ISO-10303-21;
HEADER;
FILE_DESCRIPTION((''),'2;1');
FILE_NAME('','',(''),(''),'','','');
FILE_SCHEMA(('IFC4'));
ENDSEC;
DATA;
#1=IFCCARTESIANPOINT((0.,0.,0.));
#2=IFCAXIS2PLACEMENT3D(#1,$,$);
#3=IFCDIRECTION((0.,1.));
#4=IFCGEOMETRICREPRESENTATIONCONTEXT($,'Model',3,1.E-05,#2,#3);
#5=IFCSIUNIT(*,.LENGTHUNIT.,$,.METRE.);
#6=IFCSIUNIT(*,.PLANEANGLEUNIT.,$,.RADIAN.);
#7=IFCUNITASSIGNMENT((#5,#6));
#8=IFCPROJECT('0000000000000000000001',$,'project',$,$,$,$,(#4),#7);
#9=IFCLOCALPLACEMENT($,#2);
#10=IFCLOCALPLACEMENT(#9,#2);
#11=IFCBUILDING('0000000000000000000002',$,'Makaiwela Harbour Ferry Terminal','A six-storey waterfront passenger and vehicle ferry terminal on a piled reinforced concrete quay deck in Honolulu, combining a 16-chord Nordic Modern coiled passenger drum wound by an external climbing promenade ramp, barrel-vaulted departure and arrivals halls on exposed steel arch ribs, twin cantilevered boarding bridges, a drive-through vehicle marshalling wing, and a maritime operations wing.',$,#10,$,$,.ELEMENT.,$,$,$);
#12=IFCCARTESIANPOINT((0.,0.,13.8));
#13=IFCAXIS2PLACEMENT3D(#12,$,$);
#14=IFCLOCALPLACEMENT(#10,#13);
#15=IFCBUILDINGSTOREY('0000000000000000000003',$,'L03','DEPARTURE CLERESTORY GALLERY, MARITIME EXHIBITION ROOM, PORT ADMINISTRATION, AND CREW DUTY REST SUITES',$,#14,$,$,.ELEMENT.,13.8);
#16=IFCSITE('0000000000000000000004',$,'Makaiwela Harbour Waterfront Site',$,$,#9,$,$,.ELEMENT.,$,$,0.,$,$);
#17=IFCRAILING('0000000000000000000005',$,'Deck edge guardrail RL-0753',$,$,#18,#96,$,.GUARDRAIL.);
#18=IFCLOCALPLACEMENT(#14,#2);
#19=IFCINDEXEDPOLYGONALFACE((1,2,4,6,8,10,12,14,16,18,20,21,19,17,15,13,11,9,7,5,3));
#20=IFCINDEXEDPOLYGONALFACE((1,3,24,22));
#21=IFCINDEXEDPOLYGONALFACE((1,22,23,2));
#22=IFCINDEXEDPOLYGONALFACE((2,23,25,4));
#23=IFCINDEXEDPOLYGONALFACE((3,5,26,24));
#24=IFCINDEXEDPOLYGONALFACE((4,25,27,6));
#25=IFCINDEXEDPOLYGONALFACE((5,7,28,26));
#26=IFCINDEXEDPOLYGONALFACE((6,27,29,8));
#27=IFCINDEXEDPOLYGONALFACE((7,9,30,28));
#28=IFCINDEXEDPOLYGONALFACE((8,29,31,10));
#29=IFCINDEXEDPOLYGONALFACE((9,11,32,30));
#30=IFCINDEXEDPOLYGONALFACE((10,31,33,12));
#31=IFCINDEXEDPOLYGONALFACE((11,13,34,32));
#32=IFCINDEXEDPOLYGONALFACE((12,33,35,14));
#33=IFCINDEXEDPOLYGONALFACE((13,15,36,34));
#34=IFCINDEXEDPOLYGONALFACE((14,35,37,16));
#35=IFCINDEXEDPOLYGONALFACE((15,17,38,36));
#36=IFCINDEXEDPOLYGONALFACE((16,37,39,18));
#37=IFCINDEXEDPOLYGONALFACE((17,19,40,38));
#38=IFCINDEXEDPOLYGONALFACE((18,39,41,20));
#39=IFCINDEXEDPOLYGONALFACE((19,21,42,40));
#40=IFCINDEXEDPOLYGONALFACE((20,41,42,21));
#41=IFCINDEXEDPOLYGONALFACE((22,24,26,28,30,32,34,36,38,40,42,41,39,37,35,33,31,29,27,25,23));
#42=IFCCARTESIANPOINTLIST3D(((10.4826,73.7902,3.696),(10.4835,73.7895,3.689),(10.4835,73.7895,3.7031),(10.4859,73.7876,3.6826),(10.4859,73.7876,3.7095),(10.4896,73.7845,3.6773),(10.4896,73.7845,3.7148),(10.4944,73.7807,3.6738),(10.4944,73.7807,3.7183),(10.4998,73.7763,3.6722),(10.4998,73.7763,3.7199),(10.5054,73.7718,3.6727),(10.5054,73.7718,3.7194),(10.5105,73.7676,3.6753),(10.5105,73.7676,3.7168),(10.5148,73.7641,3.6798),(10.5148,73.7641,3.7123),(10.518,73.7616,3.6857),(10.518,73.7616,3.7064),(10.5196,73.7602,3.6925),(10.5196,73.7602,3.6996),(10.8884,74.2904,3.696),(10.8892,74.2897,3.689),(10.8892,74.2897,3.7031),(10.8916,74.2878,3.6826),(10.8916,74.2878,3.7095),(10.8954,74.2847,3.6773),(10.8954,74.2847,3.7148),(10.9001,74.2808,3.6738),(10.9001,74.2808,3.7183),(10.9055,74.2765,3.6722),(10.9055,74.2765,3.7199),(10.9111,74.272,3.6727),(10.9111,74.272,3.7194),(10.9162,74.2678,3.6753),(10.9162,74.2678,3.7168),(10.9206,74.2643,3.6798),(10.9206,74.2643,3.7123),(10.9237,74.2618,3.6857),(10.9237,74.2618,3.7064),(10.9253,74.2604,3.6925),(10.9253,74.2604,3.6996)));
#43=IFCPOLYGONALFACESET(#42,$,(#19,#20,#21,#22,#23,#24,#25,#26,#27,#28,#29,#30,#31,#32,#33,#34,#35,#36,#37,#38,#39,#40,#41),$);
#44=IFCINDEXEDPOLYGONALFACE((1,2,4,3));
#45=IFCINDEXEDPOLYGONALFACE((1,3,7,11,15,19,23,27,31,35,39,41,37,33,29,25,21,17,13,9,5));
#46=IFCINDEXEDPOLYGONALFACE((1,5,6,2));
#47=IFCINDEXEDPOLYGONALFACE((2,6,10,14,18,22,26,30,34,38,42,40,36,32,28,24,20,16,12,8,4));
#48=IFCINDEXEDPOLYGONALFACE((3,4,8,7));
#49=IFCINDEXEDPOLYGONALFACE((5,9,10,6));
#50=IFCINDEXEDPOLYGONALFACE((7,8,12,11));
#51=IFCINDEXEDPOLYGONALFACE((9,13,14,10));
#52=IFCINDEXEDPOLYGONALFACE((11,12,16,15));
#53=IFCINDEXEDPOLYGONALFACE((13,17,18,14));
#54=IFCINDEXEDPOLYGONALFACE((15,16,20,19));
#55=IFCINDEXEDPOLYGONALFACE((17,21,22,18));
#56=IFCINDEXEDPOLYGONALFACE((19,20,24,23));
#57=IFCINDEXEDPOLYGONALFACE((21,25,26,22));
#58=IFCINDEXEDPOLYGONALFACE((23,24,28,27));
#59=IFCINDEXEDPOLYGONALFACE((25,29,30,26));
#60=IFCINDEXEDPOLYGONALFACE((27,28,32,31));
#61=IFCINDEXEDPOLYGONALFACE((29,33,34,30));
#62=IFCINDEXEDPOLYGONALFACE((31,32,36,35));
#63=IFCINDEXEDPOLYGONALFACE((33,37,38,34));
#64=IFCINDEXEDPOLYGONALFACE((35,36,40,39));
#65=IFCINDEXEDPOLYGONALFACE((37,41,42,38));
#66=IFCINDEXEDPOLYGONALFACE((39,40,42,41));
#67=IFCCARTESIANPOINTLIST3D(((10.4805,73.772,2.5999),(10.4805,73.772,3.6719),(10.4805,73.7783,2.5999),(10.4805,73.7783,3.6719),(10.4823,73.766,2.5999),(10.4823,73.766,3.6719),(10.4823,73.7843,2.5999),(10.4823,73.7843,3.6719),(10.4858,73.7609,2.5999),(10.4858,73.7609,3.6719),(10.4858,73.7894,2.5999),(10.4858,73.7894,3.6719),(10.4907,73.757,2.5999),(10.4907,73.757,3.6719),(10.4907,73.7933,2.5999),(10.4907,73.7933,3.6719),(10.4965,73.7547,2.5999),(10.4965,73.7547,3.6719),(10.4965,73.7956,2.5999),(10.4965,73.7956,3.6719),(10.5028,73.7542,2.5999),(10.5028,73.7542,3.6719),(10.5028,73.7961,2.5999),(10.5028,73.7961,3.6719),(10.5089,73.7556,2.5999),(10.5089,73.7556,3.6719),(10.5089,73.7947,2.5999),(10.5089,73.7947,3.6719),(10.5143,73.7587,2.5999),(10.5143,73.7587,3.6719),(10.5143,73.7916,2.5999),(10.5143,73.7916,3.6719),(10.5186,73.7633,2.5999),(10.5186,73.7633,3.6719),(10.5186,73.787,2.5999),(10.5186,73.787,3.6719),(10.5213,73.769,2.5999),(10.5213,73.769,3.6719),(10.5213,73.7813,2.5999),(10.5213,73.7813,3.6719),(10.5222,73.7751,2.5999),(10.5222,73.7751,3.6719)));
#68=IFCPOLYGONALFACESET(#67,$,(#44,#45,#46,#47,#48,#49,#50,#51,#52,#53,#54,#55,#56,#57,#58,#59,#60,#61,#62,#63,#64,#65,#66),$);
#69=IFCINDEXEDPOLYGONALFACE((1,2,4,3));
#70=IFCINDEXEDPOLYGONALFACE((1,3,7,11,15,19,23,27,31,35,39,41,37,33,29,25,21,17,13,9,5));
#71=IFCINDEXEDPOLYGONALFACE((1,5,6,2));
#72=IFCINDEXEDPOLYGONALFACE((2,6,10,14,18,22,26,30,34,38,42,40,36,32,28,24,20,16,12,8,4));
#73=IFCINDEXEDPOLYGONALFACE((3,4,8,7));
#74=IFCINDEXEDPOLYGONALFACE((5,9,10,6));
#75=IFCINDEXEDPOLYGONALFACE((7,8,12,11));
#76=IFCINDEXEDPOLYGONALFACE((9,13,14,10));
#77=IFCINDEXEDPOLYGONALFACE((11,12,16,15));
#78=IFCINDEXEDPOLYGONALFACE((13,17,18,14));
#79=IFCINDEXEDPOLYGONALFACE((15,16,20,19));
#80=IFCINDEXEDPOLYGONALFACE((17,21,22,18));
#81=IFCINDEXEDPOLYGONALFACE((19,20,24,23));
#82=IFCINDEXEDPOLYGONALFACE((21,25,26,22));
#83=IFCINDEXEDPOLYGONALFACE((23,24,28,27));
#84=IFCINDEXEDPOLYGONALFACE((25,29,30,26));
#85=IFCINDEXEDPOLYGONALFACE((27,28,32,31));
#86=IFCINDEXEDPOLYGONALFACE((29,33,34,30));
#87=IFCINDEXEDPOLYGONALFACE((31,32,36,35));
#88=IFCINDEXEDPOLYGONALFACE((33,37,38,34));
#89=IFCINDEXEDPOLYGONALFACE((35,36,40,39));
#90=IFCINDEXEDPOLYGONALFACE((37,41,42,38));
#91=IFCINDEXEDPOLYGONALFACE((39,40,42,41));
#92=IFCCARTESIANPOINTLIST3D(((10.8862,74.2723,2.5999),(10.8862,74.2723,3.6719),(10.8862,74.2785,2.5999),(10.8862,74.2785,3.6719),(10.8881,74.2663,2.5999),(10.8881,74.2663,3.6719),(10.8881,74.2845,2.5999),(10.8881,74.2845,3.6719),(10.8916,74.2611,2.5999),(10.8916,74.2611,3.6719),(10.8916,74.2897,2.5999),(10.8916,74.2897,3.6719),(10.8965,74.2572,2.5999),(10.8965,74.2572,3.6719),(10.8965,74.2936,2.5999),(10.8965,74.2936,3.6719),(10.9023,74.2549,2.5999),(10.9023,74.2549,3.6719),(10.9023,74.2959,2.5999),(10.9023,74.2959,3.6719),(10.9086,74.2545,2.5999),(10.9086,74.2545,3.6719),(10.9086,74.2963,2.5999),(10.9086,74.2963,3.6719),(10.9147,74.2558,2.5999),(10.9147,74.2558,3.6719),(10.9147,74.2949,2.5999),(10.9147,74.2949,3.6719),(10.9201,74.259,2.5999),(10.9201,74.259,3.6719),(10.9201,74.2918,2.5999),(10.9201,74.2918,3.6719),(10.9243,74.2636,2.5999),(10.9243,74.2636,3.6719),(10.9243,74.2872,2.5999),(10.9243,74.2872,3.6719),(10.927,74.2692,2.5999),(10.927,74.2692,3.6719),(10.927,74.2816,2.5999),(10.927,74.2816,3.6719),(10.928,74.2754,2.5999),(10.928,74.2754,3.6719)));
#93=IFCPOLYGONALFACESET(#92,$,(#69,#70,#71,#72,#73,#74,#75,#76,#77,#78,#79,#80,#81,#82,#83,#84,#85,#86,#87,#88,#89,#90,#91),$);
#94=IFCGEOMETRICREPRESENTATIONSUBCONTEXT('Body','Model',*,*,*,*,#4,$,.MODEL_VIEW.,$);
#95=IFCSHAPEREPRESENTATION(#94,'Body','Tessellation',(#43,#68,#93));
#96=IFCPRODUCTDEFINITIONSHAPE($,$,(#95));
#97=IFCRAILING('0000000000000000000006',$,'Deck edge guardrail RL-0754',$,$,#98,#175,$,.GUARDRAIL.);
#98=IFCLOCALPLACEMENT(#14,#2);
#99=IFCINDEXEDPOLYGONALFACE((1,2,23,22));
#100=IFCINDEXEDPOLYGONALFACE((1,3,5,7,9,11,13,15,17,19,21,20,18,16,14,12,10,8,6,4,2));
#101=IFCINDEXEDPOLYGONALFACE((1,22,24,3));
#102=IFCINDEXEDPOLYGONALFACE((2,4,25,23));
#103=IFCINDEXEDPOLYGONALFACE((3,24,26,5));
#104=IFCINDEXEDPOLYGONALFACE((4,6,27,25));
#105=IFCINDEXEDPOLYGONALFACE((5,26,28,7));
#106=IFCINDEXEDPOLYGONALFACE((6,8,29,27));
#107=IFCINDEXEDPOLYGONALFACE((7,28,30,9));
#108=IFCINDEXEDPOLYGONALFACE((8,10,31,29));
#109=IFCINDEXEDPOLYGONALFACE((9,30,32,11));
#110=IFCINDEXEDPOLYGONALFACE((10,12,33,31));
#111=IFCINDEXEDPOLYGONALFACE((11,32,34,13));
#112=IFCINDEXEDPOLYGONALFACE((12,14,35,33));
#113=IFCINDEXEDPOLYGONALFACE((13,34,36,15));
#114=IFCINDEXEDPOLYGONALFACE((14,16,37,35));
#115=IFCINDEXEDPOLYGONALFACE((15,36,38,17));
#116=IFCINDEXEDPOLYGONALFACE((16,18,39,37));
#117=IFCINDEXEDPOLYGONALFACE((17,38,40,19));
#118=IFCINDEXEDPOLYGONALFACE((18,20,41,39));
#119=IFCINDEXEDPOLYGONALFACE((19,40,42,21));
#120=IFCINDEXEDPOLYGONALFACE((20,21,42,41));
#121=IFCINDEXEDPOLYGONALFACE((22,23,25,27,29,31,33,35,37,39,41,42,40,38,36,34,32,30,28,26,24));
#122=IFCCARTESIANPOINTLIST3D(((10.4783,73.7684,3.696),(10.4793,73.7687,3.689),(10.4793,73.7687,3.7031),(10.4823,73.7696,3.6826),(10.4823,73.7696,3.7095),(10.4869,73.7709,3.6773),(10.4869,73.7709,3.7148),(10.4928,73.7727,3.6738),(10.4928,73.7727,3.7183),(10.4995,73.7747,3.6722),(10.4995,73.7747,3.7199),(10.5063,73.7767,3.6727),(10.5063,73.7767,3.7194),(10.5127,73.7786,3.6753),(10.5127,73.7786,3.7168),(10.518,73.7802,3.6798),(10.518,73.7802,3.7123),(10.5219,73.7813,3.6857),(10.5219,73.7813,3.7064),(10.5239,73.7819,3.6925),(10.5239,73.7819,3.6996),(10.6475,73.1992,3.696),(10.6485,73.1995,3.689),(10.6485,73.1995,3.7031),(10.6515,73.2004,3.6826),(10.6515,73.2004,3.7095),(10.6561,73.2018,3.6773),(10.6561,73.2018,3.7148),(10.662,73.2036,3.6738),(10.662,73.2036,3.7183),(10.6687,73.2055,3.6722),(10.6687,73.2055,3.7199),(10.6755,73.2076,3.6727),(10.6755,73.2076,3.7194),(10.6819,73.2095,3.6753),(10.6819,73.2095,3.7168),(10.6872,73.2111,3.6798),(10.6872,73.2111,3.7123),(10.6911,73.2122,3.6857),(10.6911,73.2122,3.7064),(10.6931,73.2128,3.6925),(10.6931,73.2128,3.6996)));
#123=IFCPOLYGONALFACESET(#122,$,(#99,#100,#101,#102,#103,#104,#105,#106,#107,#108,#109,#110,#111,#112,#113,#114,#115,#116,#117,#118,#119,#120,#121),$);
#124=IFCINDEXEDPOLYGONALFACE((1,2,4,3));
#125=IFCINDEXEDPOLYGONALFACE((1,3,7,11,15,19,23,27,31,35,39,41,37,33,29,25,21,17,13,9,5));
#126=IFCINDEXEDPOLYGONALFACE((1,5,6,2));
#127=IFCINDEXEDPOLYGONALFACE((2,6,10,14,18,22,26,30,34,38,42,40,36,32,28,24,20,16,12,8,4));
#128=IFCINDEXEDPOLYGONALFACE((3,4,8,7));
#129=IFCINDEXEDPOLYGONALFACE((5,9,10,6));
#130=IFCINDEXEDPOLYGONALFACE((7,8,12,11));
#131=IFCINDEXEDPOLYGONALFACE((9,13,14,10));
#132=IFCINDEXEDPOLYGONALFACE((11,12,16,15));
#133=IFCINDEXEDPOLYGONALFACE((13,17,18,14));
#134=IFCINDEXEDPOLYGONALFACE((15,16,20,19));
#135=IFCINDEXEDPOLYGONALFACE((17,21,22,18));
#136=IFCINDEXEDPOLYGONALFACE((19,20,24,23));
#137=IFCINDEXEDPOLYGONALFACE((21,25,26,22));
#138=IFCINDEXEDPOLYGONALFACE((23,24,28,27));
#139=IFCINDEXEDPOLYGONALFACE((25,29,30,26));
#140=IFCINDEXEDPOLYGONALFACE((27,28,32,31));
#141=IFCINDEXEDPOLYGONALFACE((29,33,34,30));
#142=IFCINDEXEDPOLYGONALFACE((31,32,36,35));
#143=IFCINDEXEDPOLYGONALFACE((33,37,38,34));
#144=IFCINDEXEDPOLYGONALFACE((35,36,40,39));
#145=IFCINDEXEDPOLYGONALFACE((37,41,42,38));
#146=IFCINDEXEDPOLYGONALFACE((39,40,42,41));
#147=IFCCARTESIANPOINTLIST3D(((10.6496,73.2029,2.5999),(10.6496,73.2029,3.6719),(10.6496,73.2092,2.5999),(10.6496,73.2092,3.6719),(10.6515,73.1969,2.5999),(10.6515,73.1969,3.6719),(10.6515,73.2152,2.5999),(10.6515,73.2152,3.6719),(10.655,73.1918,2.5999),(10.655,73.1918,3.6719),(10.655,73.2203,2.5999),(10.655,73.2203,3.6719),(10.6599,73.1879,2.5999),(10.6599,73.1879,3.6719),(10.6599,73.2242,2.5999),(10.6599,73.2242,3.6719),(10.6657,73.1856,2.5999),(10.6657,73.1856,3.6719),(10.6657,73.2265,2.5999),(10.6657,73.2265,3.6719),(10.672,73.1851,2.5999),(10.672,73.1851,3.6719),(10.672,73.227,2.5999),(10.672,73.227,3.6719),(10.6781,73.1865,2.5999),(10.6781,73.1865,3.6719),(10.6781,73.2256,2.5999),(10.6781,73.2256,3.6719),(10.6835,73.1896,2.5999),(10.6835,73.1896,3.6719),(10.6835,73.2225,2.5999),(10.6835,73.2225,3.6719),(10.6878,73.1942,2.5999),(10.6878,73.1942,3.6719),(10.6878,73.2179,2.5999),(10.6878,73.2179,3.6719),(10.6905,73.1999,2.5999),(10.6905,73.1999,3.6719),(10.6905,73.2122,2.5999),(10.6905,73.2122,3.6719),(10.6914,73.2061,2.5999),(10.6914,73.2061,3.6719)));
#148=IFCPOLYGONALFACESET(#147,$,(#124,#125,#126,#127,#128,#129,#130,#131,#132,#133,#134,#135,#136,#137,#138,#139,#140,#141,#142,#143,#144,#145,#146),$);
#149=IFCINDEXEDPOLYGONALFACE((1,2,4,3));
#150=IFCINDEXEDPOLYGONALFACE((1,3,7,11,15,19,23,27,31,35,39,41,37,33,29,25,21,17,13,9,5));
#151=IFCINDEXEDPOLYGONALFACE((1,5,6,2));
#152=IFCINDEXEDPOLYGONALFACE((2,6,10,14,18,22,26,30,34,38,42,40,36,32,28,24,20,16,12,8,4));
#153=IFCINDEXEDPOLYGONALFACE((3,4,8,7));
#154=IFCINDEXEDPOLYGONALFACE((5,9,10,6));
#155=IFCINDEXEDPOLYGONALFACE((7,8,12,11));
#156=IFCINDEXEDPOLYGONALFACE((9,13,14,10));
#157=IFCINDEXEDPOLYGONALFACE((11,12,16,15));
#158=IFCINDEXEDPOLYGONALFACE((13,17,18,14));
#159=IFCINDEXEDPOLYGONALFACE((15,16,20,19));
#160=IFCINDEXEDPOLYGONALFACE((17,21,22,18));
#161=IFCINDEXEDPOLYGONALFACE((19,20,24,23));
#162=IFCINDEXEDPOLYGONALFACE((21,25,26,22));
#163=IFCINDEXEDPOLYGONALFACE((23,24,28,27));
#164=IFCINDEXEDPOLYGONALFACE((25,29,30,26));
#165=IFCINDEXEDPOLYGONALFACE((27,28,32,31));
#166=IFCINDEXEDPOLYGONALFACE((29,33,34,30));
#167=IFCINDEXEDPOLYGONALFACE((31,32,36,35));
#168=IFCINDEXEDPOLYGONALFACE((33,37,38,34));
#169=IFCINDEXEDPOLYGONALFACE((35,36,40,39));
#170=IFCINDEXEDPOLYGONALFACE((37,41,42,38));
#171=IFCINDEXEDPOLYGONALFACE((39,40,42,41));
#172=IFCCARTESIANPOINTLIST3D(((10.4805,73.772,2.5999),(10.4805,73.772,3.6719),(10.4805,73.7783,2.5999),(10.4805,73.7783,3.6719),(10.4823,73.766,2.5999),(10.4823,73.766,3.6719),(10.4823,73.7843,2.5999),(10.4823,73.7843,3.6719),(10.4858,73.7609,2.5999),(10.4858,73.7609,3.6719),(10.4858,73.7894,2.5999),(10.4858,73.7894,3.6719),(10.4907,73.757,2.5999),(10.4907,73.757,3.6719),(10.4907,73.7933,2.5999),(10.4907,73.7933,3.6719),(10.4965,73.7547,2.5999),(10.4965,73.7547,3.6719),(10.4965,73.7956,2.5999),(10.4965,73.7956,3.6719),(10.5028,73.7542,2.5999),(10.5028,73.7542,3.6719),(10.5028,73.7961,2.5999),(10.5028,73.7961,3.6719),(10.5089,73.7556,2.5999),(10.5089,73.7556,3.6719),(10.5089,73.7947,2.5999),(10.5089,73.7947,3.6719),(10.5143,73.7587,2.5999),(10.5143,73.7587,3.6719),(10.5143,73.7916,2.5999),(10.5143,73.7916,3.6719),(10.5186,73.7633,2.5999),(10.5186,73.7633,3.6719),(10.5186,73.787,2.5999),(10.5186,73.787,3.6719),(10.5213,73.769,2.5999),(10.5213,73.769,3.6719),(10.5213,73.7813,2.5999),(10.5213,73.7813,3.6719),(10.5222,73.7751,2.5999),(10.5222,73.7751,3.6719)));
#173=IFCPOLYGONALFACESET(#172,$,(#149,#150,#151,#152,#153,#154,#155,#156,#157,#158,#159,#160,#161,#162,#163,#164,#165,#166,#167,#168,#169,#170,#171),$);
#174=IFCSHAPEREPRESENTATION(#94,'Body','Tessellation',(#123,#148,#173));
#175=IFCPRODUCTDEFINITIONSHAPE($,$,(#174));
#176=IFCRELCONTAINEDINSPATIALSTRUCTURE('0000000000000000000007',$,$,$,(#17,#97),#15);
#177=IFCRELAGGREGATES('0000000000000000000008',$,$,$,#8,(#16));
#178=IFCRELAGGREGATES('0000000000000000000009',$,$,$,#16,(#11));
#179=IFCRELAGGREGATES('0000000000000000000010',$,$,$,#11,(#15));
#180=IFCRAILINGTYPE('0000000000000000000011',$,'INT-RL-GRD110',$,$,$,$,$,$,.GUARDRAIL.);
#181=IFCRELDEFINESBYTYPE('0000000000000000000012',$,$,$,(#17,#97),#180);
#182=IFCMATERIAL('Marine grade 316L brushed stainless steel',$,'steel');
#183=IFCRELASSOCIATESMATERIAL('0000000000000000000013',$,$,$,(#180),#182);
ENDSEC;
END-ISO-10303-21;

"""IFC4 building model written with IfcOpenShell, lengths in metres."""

from ifc_helpers import new_model, si_unit, direction, frame, origin, origin_2d, place, context, subcontext, project, spatial, circle, extrude, material, type_object, element, save


model = new_model("IFC4")

# Units and contexts
model_context = context("Model", 3, precision=1e-05, world=origin(), true_north=direction((0.0, 1.0)))
body_context = subcontext(model_context, "Body", "Model", "MODEL_VIEW")
ifc_project = project(units=[si_unit("LENGTHUNIT", "METRE"), si_unit("PLANEANGLEUNIT", "RADIAN")], contexts=[model_context])

# Site, building, storey
site_placement = place(None, origin())
site = spatial("IfcSite", under=ifc_project, at=site_placement, Name="Makaiwela Harbour Waterfront Site", CompositionType="ELEMENT", RefElevation=0.0)
building_placement = place(site_placement, origin())
building = spatial("IfcBuilding", under=site, at=building_placement, Name="Makaiwela Harbour Ferry Terminal", Description="A six-storey waterfront passenger and vehicle ferry terminal on a piled reinforced concrete quay deck in Honolulu, combining a 16-chord Nordic Modern coiled passenger drum wound by an external climbing promenade ramp, barrel-vaulted departure and arrivals halls on exposed steel arch ribs, twin cantilevered boarding bridges, a drive-through vehicle marshalling wing, and a maritime operations wing.", CompositionType="ELEMENT")
storey_placement = place(building_placement, frame((0.0, 0.0, 13.8)))
storey = spatial("IfcBuildingStorey", under=building, at=storey_placement, Name="L03", Description="DEPARTURE CLERESTORY GALLERY, MARITIME EXHIBITION ROOM, PORT ADMINISTRATION, AND CREW DUTY REST SUITES", CompositionType="ELEMENT", Elevation=13.8)

# Railings
ifc_material_1 = material(Name="Marine grade 316L brushed stainless steel", Category="steel")
railing_type_1 = type_object("IfcRailingType", Name="INT-RL-GRD110", PredefinedType="GUARDRAIL", material=ifc_material_1)
railing_1_placement = place(storey_placement, frame((10.5012, 73.7751, 2.5999)))
element("IfcRailing", 1, at=railing_1_placement, inside=storey, type_object=railing_type_1, Name="Deck edge guardrail RL-0753", PredefinedType="GUARDRAIL", context=body_context, shape_type="SweptSolid", body=[
    extrude(circle(Radius=0.0239, at=origin_2d()), frame((0.0, 0.0, 1.0962), z_axis=(0.62995, 0.776635, 0.0), x_axis=(-0.776635, 0.62995, 0.0)), (0.0, 0.0, 1.0), 0.644),
    extrude(circle(Radius=0.021, at=origin_2d()), origin(), (0.0, 0.0, 1.0), 1.072),
    extrude(circle(Radius=0.021, at=origin_2d()), frame((0.4058, 0.5002, 0.0)), (0.0, 0.0, 1.0), 1.072),
])
railing_2_placement = place(storey_placement, frame((10.6704, 73.2061, 2.5999)))
element("IfcRailing", 2, at=railing_2_placement, inside=storey, type_object=railing_type_1, Name="Deck edge guardrail RL-0754", PredefinedType="GUARDRAIL", context=body_context, shape_type="SweptSolid", body=[
    extrude(circle(Radius=0.0239, at=origin_2d()), frame((0.0, 0.0, 1.0962), z_axis=(-0.28497, 0.958536, 0.0), x_axis=(-0.958536, -0.28497, 0.0)), (0.0, 0.0, 1.0), 0.5938),
    extrude(circle(Radius=0.021, at=origin_2d()), origin(), (0.0, 0.0, 1.0), 1.072),
    extrude(circle(Radius=0.021, at=origin_2d()), frame((-0.1692, 0.5691, 0.0)), (0.0, 0.0, 1.0), 1.072),
])

save(model, "model.ifc")
